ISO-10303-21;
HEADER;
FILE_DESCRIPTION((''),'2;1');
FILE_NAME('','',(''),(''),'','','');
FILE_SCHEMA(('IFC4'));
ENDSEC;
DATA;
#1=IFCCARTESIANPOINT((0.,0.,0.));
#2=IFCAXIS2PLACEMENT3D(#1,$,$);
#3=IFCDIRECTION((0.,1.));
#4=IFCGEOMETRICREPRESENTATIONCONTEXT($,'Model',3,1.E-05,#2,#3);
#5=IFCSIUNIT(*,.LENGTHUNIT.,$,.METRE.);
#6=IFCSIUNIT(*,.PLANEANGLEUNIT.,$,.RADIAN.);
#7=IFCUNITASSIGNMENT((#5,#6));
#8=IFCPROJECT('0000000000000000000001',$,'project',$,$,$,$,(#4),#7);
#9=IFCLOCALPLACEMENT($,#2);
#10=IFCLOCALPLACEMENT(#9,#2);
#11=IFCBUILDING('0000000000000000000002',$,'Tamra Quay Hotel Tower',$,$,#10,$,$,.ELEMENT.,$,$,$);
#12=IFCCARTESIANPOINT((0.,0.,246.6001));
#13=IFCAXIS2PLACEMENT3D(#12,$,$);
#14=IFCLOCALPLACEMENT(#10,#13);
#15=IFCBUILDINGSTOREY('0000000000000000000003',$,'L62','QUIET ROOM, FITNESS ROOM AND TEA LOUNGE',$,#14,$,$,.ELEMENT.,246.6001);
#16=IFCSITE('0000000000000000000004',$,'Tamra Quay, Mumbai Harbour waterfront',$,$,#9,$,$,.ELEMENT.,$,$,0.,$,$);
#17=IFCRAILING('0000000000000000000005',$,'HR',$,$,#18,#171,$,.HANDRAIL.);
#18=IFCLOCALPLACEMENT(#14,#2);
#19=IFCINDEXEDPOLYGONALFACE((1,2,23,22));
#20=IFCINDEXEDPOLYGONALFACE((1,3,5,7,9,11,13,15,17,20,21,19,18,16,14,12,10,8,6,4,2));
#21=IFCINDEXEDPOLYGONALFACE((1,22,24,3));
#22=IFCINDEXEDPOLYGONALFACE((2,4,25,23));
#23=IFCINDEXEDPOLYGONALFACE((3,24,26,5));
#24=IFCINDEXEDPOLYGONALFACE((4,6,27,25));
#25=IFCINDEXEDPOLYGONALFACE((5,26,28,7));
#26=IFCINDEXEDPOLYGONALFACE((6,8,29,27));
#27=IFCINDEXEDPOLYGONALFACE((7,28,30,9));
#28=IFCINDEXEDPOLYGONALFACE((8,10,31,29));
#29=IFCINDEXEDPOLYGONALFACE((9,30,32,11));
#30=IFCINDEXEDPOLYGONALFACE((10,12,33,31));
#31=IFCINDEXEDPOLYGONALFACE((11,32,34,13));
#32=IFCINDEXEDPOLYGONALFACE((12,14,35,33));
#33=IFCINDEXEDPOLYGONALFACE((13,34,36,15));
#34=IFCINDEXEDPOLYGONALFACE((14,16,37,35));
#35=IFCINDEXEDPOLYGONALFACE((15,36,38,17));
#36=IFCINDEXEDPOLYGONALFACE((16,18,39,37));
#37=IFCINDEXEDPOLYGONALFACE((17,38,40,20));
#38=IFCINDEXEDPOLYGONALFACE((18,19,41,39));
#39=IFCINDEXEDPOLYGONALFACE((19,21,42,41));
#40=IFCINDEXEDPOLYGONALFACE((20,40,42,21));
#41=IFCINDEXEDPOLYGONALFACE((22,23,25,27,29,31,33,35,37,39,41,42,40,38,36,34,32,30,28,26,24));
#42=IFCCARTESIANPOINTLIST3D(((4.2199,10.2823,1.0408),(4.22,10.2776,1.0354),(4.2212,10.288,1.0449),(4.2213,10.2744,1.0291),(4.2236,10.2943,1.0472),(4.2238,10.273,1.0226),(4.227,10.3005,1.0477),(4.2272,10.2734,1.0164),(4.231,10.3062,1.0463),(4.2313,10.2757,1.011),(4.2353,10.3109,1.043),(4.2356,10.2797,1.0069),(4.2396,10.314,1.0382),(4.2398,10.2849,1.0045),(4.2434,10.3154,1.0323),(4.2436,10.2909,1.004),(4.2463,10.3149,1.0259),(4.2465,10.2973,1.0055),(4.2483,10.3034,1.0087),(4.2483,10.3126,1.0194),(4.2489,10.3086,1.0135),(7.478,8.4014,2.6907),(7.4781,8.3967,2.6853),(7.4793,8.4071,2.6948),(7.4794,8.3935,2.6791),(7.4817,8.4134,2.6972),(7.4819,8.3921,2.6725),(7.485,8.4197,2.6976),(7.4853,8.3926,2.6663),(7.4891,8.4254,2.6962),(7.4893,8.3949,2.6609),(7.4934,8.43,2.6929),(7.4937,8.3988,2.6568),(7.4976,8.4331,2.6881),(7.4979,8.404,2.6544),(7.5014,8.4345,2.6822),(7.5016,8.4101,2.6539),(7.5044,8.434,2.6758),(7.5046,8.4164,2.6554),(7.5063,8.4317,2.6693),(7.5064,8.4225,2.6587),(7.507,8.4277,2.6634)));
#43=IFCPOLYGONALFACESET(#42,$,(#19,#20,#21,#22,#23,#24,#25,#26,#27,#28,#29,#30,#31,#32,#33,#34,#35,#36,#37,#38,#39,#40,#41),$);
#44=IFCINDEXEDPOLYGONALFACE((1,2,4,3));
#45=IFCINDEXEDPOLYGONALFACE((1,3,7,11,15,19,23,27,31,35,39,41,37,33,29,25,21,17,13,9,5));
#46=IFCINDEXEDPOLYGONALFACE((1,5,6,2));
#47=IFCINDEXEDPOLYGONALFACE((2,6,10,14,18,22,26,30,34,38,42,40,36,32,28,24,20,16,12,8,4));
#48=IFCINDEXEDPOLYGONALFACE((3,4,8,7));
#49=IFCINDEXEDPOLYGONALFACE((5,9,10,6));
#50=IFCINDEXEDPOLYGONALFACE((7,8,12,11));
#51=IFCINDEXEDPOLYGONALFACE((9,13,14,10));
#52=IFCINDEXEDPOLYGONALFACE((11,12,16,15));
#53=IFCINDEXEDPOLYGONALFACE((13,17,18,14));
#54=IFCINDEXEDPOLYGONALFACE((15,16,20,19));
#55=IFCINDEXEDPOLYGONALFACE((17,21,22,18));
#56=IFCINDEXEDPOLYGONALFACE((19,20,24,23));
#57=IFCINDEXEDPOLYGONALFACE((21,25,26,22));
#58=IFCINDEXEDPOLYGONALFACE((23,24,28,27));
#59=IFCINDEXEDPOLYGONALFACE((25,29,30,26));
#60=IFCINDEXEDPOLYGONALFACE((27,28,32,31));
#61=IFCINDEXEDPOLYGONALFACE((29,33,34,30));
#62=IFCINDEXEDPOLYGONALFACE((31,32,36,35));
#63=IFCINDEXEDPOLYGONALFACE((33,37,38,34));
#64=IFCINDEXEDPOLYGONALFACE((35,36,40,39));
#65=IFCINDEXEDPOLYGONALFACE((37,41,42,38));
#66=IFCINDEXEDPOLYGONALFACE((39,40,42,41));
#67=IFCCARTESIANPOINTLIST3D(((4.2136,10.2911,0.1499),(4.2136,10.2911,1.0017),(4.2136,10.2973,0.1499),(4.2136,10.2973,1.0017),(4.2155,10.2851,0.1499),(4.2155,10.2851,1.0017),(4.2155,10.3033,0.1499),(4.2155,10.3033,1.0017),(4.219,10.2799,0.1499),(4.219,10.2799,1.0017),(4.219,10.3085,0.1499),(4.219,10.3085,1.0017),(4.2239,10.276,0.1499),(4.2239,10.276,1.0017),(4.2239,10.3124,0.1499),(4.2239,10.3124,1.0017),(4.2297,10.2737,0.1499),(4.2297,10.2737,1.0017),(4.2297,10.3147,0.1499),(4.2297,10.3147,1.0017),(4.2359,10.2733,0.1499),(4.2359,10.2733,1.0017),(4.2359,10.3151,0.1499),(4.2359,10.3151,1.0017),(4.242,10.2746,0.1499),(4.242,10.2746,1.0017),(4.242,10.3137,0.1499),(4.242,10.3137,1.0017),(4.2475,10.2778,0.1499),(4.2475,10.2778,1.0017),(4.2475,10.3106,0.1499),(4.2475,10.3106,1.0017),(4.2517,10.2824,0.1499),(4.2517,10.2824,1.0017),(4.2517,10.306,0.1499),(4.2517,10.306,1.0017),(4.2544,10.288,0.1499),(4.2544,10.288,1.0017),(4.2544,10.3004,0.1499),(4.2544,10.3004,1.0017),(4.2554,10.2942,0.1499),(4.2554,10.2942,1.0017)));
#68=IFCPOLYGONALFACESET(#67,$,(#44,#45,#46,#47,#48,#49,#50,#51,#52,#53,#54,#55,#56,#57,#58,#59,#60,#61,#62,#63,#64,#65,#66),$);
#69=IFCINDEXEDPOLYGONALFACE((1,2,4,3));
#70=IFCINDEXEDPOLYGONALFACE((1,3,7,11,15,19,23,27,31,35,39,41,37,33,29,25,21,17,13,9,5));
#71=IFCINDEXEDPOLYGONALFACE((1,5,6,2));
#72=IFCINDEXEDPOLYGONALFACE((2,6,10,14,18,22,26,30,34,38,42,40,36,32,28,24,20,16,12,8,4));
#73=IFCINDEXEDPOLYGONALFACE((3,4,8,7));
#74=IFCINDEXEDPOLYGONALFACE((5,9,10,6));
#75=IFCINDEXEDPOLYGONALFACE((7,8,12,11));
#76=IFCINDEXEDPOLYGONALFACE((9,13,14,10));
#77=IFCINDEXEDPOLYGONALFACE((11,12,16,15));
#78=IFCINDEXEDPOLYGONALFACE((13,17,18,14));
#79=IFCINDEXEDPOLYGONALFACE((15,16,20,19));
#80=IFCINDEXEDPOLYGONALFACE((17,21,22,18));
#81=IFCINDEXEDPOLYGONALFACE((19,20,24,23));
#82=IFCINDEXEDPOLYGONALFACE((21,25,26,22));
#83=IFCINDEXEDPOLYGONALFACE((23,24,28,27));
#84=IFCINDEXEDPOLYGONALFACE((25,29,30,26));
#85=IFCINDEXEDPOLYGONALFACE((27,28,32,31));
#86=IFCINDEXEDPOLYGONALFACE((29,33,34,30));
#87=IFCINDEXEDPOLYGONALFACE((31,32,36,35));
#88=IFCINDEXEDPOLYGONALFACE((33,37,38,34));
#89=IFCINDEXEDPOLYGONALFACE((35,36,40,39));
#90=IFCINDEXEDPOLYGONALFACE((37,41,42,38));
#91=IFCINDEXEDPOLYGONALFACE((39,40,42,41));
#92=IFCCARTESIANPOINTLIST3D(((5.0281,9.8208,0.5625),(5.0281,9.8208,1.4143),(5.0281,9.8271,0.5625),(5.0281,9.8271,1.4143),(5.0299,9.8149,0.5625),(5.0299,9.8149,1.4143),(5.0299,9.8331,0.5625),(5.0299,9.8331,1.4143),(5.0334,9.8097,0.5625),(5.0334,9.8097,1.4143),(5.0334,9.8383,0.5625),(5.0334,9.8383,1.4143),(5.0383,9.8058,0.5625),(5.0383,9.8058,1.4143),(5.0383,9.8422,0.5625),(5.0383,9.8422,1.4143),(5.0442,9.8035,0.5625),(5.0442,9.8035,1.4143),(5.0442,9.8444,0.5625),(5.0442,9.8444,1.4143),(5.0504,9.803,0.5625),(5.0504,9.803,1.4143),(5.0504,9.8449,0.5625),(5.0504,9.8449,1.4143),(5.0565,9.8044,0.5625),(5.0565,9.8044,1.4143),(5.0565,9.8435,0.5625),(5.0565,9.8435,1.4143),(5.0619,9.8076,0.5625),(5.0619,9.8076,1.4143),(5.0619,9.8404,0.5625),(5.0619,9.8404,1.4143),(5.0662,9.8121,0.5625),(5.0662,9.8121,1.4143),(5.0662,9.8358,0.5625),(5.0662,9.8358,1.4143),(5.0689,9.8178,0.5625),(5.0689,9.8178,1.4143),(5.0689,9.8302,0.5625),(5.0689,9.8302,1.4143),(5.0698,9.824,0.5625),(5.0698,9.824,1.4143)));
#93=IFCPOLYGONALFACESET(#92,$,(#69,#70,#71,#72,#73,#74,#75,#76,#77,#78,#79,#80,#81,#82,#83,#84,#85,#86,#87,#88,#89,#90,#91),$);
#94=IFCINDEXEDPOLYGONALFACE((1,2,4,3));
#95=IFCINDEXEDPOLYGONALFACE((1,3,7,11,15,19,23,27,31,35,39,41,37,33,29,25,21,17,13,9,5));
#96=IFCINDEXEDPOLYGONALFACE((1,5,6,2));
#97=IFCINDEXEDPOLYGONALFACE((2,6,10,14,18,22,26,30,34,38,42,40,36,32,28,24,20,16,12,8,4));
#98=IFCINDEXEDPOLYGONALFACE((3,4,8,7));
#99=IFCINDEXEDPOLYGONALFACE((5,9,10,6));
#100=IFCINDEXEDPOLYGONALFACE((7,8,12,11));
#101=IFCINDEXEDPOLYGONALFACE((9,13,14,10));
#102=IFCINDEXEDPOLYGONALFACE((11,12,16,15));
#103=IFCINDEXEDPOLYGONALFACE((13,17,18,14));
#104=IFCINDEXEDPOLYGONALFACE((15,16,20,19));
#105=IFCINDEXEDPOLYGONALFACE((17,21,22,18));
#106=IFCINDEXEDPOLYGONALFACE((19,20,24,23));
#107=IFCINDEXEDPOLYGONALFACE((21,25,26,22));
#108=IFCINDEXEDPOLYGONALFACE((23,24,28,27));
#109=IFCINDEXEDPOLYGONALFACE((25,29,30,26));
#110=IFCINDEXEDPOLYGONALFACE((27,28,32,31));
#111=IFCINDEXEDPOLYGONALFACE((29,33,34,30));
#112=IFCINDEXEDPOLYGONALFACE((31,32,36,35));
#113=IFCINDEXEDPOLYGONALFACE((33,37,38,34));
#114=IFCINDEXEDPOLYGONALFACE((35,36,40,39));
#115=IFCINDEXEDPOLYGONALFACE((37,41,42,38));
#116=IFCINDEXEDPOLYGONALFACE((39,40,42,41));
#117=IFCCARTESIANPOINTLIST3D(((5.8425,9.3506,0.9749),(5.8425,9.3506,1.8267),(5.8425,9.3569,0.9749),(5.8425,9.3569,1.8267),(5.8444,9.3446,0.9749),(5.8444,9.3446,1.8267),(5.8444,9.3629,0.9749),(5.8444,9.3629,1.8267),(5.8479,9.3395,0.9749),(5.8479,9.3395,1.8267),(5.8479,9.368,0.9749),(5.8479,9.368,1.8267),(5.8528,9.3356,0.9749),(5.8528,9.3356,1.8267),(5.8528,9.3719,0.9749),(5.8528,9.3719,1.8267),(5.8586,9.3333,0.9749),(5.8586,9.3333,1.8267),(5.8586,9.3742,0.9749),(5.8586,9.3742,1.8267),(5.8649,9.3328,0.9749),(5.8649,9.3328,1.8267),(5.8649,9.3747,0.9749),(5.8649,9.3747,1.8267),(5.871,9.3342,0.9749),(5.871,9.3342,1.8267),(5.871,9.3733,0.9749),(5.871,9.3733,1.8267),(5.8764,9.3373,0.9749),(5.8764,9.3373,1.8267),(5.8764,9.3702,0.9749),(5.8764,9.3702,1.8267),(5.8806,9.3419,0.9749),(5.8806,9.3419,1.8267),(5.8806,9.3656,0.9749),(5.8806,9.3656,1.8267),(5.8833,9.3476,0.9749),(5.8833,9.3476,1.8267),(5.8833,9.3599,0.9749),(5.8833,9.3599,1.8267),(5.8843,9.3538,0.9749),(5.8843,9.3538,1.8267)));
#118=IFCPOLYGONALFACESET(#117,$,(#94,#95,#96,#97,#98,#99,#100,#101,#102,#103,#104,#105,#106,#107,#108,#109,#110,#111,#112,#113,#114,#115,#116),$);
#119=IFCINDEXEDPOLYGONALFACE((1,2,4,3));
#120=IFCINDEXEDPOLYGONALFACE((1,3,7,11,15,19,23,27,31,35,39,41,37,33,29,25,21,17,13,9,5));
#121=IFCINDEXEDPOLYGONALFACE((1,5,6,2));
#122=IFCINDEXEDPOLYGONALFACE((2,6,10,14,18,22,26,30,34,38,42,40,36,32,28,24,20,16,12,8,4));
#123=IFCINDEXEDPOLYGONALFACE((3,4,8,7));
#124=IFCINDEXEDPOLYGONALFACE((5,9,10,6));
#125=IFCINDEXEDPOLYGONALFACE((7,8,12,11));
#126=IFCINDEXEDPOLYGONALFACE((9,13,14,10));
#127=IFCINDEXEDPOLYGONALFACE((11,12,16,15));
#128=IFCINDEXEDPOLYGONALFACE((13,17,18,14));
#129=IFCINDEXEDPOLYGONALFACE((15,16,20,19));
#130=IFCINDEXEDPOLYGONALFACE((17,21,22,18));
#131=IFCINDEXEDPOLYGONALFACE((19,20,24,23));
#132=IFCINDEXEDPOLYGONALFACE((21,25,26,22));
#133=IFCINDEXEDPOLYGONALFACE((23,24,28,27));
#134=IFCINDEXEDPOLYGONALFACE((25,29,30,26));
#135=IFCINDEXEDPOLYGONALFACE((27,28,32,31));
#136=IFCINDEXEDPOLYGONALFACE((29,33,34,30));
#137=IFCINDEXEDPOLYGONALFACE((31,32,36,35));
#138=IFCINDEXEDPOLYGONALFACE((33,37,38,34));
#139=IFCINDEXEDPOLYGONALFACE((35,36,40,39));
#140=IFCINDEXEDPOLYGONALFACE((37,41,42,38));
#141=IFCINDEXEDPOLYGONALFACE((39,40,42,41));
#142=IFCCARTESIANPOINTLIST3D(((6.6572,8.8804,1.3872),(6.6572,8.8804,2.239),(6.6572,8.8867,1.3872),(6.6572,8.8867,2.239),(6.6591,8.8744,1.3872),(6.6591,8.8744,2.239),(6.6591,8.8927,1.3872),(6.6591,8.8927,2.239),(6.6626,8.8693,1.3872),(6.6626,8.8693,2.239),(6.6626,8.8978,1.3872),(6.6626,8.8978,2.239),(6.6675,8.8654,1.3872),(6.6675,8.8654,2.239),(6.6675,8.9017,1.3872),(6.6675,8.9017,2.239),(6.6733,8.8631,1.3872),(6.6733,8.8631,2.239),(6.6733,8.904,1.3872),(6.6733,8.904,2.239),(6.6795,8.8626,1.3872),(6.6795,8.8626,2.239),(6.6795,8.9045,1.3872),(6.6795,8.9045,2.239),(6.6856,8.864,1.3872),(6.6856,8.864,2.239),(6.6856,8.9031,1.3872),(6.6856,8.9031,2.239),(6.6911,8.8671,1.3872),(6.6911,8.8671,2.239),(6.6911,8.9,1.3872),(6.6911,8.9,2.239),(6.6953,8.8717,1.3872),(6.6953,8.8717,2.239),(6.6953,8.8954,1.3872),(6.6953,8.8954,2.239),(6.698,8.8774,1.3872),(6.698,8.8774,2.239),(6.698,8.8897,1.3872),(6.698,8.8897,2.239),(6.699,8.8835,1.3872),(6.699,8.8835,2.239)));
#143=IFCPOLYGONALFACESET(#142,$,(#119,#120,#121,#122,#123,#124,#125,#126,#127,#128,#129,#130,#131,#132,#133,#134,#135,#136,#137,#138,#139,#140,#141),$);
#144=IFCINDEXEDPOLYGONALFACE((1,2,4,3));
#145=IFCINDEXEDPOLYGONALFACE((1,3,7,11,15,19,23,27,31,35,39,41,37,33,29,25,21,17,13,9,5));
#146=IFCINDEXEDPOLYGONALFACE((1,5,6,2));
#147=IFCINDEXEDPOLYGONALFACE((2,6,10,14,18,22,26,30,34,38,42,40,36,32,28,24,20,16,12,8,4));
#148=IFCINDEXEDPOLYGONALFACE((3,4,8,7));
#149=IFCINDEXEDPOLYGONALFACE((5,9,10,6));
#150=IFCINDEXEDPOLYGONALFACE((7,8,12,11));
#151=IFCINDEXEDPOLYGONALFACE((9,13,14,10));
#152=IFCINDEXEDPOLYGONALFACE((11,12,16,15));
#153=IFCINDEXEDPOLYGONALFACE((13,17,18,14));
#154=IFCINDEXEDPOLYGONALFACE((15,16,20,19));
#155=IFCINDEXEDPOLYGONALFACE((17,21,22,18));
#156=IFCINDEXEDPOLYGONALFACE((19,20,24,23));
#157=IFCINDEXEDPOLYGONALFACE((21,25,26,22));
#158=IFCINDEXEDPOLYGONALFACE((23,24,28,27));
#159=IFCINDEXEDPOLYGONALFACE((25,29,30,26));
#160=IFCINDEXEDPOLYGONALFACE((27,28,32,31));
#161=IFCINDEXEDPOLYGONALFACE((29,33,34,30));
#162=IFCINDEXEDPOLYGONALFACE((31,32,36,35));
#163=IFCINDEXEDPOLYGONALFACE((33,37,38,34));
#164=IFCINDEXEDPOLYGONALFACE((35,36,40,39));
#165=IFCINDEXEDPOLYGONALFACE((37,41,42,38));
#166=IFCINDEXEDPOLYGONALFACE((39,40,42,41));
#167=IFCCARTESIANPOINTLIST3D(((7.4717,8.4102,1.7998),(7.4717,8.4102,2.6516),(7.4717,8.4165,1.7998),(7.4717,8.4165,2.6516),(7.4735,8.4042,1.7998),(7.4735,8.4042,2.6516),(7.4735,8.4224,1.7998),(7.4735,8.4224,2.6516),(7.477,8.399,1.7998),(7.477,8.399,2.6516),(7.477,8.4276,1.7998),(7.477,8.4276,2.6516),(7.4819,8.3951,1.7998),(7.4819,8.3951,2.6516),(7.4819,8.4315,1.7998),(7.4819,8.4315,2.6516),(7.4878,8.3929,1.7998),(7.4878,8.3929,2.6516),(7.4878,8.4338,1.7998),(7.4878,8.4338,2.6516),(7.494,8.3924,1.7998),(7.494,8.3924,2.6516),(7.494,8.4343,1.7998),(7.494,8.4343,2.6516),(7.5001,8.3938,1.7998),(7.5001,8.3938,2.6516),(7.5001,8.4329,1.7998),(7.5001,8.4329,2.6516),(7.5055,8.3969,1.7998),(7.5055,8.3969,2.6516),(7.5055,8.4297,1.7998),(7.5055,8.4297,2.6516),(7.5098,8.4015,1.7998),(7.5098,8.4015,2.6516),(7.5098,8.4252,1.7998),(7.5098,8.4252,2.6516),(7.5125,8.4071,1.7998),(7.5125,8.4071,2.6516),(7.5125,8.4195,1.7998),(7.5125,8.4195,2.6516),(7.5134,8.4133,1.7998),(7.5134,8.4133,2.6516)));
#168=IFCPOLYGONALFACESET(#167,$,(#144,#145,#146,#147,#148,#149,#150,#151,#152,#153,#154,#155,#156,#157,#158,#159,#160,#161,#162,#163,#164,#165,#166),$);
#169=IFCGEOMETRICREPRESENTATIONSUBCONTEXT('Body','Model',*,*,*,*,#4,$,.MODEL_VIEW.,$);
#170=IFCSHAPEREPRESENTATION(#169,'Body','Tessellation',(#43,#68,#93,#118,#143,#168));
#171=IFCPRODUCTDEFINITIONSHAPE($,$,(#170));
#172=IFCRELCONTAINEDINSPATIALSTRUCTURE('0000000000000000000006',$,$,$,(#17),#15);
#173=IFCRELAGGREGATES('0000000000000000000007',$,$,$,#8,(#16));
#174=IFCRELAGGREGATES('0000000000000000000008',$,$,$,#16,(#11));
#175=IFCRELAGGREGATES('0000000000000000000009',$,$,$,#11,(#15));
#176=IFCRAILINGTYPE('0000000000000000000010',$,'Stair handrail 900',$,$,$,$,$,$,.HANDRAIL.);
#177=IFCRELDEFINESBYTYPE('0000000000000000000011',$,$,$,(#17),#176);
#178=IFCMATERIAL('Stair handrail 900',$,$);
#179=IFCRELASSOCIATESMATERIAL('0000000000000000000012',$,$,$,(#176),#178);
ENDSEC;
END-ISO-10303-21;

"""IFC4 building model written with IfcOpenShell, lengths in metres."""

from ifc_helpers import new_model, si_unit, direction, frame, origin, origin_2d, place, context, subcontext, project, spatial, circle, extrude, material, type_object, element, save


model = new_model("IFC4")

# Units and contexts
model_context = context("Model", 3, precision=1e-05, world=origin(), true_north=direction((0.0, 1.0)))
body_context = subcontext(model_context, "Body", "Model", "MODEL_VIEW")
ifc_project = project(units=[si_unit("LENGTHUNIT", "METRE"), si_unit("PLANEANGLEUNIT", "RADIAN")], contexts=[model_context])

# Site, building, storey
site_placement = place(None, origin())
site = spatial("IfcSite", under=ifc_project, at=site_placement, Name="Tamra Quay, Mumbai Harbour waterfront", CompositionType="ELEMENT", RefElevation=0.0)
building_placement = place(site_placement, origin())
building = spatial("IfcBuilding", under=site, at=building_placement, Name="Tamra Quay Hotel Tower", CompositionType="ELEMENT")
storey_placement = place(building_placement, frame((0.0, 0.0, 246.6001)))
storey = spatial("IfcBuildingStorey", under=building, at=storey_placement, Name="L62", Description="QUIET ROOM, FITNESS ROOM AND TEA LOUNGE", CompositionType="ELEMENT", Elevation=246.6001)

# Railing
ifc_material_1 = material(Name="Stair handrail 900")
railing_type = type_object("IfcRailingType", Name="Stair handrail 900", PredefinedType="HANDRAIL", material=ifc_material_1)
railing_placement = place(storey_placement, frame((4.2344, 10.2942, 0.1499)))
element("IfcRailing", 1, at=railing_placement, inside=storey, type_object=railing_type, Name="HR", PredefinedType="HANDRAIL", context=body_context, shape_type="SweptSolid", body=[
    extrude(circle(Radius=0.0239, at=origin_2d()), frame((0.0, 0.0, 0.876), z_axis=(0.793122, -0.457865, 0.401642), x_axis=(0.499964, 0.866046, 0.0)), (0.0, 0.0, 1.0), 4.1079),
    extrude(circle(Radius=0.021, at=origin_2d()), origin(), (0.0, 0.0, 1.0), 0.8518),
    extrude(circle(Radius=0.021, at=origin_2d()), frame((0.8145, -0.4702, 0.4126)), (0.0, 0.0, 1.0), 0.8518),
    extrude(circle(Radius=0.021, at=origin_2d()), frame((1.6289, -0.9404, 0.825)), (0.0, 0.0, 1.0), 0.8518),
    extrude(circle(Radius=0.021, at=origin_2d()), frame((2.4436, -1.4106, 1.2373)), (0.0, 0.0, 1.0), 0.8518),
    extrude(circle(Radius=0.021, at=origin_2d()), frame((3.2581, -1.8809, 1.6499)), (0.0, 0.0, 1.0), 0.8518),
])

save(model, "model.ifc")
